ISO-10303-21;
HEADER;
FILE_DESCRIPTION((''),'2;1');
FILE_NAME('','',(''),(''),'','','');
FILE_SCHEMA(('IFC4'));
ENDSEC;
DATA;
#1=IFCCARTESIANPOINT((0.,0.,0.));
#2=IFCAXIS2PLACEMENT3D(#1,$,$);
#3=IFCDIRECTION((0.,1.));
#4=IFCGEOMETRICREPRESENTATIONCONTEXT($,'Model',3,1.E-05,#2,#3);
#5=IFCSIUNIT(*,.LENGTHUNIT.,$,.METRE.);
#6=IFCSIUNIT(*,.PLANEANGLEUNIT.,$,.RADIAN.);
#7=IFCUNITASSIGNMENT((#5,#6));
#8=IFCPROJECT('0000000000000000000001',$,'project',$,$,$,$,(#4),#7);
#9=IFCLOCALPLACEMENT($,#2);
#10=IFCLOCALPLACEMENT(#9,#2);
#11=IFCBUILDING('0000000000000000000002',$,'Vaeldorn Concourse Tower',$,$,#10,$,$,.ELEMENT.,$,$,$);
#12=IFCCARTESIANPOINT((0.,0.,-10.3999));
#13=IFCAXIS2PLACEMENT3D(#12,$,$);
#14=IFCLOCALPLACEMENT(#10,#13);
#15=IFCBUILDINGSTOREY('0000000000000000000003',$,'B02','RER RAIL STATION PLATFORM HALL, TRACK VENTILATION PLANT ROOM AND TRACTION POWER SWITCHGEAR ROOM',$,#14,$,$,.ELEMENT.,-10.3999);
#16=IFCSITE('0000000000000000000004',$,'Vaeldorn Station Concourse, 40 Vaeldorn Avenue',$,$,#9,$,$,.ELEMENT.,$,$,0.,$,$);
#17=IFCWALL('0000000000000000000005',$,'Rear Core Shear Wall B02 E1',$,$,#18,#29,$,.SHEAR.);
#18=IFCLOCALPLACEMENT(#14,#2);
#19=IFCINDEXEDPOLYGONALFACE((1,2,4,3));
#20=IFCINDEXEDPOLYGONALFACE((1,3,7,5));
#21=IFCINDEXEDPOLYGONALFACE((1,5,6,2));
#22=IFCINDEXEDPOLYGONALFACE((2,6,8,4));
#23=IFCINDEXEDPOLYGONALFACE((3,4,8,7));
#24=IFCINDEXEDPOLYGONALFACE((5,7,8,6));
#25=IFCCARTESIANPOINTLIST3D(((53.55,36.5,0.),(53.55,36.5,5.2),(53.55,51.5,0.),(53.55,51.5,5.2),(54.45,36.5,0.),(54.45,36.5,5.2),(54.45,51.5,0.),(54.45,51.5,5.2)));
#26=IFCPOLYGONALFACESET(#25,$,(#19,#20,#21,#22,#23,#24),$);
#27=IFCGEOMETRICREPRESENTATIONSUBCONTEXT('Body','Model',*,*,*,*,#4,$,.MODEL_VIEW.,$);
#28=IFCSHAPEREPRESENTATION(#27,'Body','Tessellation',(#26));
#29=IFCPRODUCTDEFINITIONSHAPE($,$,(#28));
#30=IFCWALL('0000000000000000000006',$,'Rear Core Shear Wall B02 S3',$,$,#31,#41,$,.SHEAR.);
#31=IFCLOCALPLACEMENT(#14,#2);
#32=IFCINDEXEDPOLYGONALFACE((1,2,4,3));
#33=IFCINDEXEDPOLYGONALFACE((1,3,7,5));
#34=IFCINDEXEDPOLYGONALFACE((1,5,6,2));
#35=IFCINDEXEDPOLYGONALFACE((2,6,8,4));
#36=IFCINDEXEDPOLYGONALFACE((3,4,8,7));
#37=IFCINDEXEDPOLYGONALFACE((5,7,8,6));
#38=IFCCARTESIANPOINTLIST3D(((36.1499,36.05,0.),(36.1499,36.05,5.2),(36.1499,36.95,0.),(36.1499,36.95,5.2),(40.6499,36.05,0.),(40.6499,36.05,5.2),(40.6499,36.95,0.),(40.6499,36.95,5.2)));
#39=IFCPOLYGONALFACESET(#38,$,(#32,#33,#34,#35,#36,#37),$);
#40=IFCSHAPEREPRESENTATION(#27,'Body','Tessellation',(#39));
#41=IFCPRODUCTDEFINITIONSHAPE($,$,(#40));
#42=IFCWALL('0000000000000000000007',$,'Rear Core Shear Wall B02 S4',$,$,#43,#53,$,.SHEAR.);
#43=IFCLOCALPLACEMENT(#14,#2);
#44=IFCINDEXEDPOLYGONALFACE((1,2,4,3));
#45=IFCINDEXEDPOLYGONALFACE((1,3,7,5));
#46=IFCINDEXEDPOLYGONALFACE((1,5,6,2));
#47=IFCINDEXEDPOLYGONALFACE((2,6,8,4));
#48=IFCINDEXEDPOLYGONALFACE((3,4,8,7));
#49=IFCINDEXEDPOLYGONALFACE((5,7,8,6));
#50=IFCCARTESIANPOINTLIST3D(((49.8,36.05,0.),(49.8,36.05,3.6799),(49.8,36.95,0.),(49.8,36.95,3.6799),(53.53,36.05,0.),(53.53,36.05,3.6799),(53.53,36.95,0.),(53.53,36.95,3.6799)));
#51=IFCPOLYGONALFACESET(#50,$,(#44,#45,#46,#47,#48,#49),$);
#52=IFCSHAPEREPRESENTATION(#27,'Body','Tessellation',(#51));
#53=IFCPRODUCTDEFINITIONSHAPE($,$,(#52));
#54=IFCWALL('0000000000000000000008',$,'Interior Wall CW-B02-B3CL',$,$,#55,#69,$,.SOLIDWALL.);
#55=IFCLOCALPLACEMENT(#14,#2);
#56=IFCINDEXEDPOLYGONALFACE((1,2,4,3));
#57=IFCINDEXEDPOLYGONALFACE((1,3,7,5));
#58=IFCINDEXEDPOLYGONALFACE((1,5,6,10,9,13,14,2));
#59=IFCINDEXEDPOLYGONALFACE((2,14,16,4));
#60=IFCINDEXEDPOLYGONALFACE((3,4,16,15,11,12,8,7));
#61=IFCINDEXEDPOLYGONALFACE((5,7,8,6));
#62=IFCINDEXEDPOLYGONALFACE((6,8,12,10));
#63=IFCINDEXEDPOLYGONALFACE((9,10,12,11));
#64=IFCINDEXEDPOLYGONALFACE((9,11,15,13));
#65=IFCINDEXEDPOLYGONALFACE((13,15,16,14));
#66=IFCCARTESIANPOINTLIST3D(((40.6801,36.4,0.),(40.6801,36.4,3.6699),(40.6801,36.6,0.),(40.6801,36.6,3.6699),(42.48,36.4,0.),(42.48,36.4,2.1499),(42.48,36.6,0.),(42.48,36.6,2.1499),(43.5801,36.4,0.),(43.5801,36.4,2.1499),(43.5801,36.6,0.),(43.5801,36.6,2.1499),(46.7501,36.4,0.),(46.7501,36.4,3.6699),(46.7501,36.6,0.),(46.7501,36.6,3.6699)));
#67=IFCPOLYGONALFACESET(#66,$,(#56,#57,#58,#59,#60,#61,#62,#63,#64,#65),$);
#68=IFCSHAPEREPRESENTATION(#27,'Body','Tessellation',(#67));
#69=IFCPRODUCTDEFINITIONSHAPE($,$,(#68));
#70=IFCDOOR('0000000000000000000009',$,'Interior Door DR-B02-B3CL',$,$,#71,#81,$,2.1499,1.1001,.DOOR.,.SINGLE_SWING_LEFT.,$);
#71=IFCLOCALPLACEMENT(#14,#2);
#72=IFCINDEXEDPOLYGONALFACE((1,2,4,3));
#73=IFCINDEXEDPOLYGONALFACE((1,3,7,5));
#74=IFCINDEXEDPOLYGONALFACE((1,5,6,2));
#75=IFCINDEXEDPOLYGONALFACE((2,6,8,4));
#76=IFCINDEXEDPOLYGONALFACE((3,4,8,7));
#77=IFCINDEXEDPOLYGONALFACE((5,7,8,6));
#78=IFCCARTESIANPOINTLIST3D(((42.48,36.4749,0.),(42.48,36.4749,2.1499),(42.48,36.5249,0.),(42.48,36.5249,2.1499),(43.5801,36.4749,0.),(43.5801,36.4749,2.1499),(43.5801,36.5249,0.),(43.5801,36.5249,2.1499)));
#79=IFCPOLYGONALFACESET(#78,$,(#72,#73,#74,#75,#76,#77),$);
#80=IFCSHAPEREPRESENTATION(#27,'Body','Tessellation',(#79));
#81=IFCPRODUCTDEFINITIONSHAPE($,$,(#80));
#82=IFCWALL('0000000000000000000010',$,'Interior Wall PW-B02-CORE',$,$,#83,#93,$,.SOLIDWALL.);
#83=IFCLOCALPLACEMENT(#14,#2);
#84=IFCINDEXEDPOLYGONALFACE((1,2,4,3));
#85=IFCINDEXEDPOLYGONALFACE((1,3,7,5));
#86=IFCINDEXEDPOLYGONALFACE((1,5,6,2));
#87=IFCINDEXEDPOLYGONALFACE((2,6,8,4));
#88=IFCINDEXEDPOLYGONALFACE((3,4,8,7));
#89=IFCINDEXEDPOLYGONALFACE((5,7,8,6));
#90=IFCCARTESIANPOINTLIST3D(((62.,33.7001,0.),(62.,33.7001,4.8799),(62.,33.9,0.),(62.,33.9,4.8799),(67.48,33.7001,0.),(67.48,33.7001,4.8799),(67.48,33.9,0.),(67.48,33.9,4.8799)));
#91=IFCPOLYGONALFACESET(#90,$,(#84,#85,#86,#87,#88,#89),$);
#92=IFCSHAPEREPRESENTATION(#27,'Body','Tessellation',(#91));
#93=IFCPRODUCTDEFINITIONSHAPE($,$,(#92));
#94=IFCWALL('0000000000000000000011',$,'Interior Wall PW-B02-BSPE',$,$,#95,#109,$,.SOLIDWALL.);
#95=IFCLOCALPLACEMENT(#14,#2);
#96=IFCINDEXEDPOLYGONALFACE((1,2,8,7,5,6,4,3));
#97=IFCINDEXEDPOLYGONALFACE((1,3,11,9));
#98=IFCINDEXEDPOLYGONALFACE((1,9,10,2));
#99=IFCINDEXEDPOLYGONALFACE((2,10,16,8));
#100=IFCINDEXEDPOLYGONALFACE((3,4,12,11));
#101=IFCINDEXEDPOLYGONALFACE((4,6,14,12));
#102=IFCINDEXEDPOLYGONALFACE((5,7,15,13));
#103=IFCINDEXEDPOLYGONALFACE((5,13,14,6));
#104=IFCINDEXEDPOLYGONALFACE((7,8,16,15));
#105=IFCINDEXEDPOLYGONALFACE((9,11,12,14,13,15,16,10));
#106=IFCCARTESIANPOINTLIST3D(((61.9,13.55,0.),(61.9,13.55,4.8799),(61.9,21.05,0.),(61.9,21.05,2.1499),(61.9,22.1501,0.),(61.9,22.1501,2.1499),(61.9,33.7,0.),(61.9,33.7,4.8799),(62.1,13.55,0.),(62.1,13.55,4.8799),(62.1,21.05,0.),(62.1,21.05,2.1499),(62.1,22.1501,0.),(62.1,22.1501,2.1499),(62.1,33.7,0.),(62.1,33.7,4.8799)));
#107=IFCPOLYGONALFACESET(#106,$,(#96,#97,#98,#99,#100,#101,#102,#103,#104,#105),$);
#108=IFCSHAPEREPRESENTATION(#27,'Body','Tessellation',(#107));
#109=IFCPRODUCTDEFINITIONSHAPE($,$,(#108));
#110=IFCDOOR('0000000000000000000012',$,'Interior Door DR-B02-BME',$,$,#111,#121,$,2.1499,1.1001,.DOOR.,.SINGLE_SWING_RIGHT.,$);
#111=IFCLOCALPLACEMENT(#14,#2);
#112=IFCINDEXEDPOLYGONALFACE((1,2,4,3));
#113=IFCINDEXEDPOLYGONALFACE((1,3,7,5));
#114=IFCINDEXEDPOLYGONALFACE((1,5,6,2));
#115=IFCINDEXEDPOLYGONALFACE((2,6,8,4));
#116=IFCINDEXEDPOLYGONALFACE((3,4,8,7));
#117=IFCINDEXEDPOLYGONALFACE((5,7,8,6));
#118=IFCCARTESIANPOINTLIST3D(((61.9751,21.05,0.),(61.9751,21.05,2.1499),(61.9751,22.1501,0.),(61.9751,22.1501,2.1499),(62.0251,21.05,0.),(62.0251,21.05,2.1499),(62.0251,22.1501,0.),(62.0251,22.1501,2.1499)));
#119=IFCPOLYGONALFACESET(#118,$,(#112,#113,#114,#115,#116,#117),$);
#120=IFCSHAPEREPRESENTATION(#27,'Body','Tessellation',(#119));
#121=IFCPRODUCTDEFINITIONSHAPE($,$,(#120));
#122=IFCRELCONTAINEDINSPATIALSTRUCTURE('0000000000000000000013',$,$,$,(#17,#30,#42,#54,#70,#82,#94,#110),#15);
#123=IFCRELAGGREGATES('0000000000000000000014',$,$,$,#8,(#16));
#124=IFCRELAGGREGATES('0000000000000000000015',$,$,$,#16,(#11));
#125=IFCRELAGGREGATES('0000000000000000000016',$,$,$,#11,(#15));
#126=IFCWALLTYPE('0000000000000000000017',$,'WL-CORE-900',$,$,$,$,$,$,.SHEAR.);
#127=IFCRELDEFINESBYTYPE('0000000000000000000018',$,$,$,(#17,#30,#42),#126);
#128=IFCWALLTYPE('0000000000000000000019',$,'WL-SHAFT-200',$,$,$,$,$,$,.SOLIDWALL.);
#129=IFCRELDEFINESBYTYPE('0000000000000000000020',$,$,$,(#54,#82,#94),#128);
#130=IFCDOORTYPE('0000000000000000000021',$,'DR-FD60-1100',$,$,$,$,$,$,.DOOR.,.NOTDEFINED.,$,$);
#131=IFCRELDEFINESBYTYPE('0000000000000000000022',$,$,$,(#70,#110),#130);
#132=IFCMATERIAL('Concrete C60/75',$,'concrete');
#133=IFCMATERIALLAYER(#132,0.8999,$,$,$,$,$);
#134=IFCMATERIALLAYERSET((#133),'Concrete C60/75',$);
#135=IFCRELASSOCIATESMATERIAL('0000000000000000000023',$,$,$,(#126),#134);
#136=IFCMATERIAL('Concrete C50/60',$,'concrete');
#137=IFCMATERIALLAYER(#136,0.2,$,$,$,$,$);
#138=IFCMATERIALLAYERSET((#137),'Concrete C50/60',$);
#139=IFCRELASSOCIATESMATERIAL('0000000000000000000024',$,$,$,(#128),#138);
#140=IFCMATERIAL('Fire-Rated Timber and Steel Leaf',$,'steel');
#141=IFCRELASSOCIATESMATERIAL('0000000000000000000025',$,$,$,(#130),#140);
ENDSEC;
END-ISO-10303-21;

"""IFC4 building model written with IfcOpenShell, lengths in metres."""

from ifc_helpers import new_model, si_unit, direction, frame, frame_2d, origin, place, context, subcontext, project, spatial, rectangle, extrude, source, transform, mapped, material, layer, layer_set, type_object, element, fill, save


model = new_model("IFC4")

# Units and contexts
model_context = context("Model", 3, precision=1e-05, world=origin(), true_north=direction((0.0, 1.0)))
body_context = subcontext(model_context, "Body", "Model", "MODEL_VIEW")
ifc_project = project(units=[si_unit("LENGTHUNIT", "METRE"), si_unit("PLANEANGLEUNIT", "RADIAN")], contexts=[model_context])

# Site, building, storey
site_placement = place(None, origin())
site = spatial("IfcSite", under=ifc_project, at=site_placement, Name="Vaeldorn Station Concourse, 40 Vaeldorn Avenue", CompositionType="ELEMENT", RefElevation=0.0)
building_placement = place(site_placement, origin())
building = spatial("IfcBuilding", under=site, at=building_placement, Name="Vaeldorn Concourse Tower", CompositionType="ELEMENT")
storey_placement = place(building_placement, frame((0.0, 0.0, -10.3999)))
storey = spatial("IfcBuildingStorey", under=building, at=storey_placement, Name="B02", Description="RER RAIL STATION PLATFORM HALL, TRACK VENTILATION PLANT ROOM AND TRACTION POWER SWITCHGEAR ROOM", CompositionType="ELEMENT", Elevation=-10.3999)

# Shared definitions
ifc_material_1 = material(Name="Concrete C60/75", Category="concrete")
ifc_material_2 = material(Name="Concrete C50/60", Category="concrete")

# Walls
ifc_layer_1 = layer(ifc_material_1, 0.8999)
ifc_layer_set_1 = layer_set([ifc_layer_1], Name="Concrete C60/75")
wall_type_1 = type_object("IfcWallType", Name="WL-CORE-900", PredefinedType="SHEAR", material=ifc_layer_set_1)
wall_1_placement = place(storey_placement, frame((54.0, 36.5, 0.0), z_axis=(0.0, 0.0, 1.0), x_axis=(0.0, 1.0, 0.0)))
element("IfcWall", 1, at=wall_1_placement, inside=storey, type_object=wall_type_1, Name="Rear Core Shear Wall B02 E1", PredefinedType="SHEAR", context=body_context, shape_type="SweptSolid", body=[
    extrude(rectangle(XDim=15.0, YDim=0.8999, at=frame_2d((7.5, 0.0))), origin(), (0.0, 0.0, 1.0), 5.2),
])
wall_2_placement = place(storey_placement, frame((36.1499, 36.5, 0.0), z_axis=(0.0, 0.0, 1.0), x_axis=(1.0, 0.0, 0.0)))
element("IfcWall", 2, at=wall_2_placement, inside=storey, type_object=wall_type_1, Name="Rear Core Shear Wall B02 S3", PredefinedType="SHEAR", context=body_context, shape_type="SweptSolid", body=[
    extrude(rectangle(XDim=4.5, YDim=0.8999, at=frame_2d((2.25, 0.0))), origin(), (0.0, 0.0, 1.0), 5.2),
])
wall_3_placement = place(storey_placement, frame((49.8, 36.5, 0.0), z_axis=(0.0, 0.0, 1.0), x_axis=(1.0, 0.0, 0.0)))
element("IfcWall", 3, at=wall_3_placement, inside=storey, type_object=wall_type_1, Name="Rear Core Shear Wall B02 S4", PredefinedType="SHEAR", context=body_context, shape_type="SweptSolid", body=[
    extrude(rectangle(XDim=3.73, YDim=0.8999, at=frame_2d((1.865, 0.0))), origin(), (0.0, 0.0, 1.0), 3.6799),
])

# Wall, opening, door
ifc_layer_2 = layer(ifc_material_2, 0.2)
ifc_layer_set_2 = layer_set([ifc_layer_2], Name="Concrete C50/60")
wall_type_2 = type_object("IfcWallType", Name="WL-SHAFT-200", PredefinedType="SOLIDWALL", material=ifc_layer_set_2)
ifc_material_3 = material(Name="Fire-Rated Timber and Steel Leaf", Category="steel")
door_type = type_object("IfcDoorType", Name="DR-FD60-1100", OperationType="NOTDEFINED", PredefinedType="DOOR", material=ifc_material_3)
shared_shape_1 = source(origin(), body_context, "Body", "SweptSolid", [
    extrude(rectangle(XDim=1.1001, YDim=2.1499, at=frame_2d((0.55, 1.075))), frame((0.0, 0.0249, 0.0), z_axis=(0.0, -1.0, 0.0), x_axis=(1.0, 0.0, 0.0)), (0.0, 0.0, 1.0), 0.05),
])
wall_4_placement = place(storey_placement, frame((40.6799, 36.5, 0.0), z_axis=(0.0, 0.0, 1.0), x_axis=(1.0, 0.0, 0.0)))
wall_4 = element("IfcWall", 4, at=wall_4_placement, inside=storey, type_object=wall_type_2, Name="Interior Wall CW-B02-B3CL", PredefinedType="SOLIDWALL", context=body_context, shape_type="SweptSolid", body=[
    extrude(rectangle(XDim=6.0701, YDim=0.2, at=frame_2d((3.0352, 0.0))), origin(), (0.0, 0.0, 1.0), 3.6699),
])
opening_1_placement = place(wall_4_placement, frame((1.8, 0.0, 0.0)))
opening_1 = element("IfcOpeningElement", 5, at=opening_1_placement, cuts=wall_4, PredefinedType="OPENING", context=body_context, shape_type="SweptSolid", body=[
    extrude(rectangle(XDim=1.1001, YDim=2.1499, at=frame_2d((0.55, 1.075))), frame((0.0, 0.1099, 0.0), z_axis=(0.0, -1.0, 0.0), x_axis=(1.0, 0.0, 0.0)), (0.0, 0.0, 1.0), 0.22),
])
door_1_placement = place(opening_1_placement, origin())
door_1 = element("IfcDoor", 6, at=door_1_placement, inside=storey, type_object=door_type, Name="Interior Door DR-B02-B3CL", OperationType="SINGLE_SWING_LEFT", OverallHeight=2.1499, OverallWidth=1.1001, PredefinedType="DOOR", context=body_context, shape_type="MappedRepresentation", body=[
    mapped(shared_shape_1, transform((0.0, 0.0, 0.0), scale=1.0)),
])
fill(opening_1, door_1)

# Wall
wall_5_placement = place(storey_placement, frame((62.0, 33.8, 0.0), z_axis=(0.0, 0.0, 1.0), x_axis=(1.0, 0.0, 0.0)))
element("IfcWall", 7, at=wall_5_placement, inside=storey, type_object=wall_type_2, Name="Interior Wall PW-B02-CORE", PredefinedType="SOLIDWALL", context=body_context, shape_type="SweptSolid", body=[
    extrude(rectangle(XDim=5.48, YDim=0.2, at=frame_2d((2.74, 0.0))), origin(), (0.0, 0.0, 1.0), 4.8799),
])

# Wall, opening, door
wall_6_placement = place(storey_placement, frame((62.0, 13.55, 0.0), z_axis=(0.0, 0.0, 1.0), x_axis=(0.0, 1.0, 0.0)))
wall_6 = element("IfcWall", 8, at=wall_6_placement, inside=storey, type_object=wall_type_2, Name="Interior Wall PW-B02-BSPE", PredefinedType="SOLIDWALL", context=body_context, shape_type="SweptSolid", body=[
    extrude(rectangle(XDim=20.1499, YDim=0.2, at=frame_2d((10.075, 0.0))), origin(), (0.0, 0.0, 1.0), 4.8799),
])
opening_2_placement = place(wall_6_placement, frame((7.5, 0.0, 0.0)))
opening_2 = element("IfcOpeningElement", 9, at=opening_2_placement, cuts=wall_6, PredefinedType="OPENING", context=body_context, shape_type="SweptSolid", body=[
    extrude(rectangle(XDim=1.1001, YDim=2.1499, at=frame_2d((0.55, 1.075))), frame((0.0, 0.1099, 0.0), z_axis=(0.0, -1.0, 0.0), x_axis=(1.0, 0.0, 0.0)), (0.0, 0.0, 1.0), 0.22),
])
door_2_placement = place(opening_2_placement, origin())
door_2 = element("IfcDoor", 10, at=door_2_placement, inside=storey, type_object=door_type, Name="Interior Door DR-B02-BME", OperationType="SINGLE_SWING_RIGHT", OverallHeight=2.1499, OverallWidth=1.1001, PredefinedType="DOOR", context=body_context, shape_type="MappedRepresentation", body=[
    mapped(shared_shape_1, transform((0.0, 0.0, 0.0), scale=1.0)),
])
fill(opening_2, door_2)

save(model, "model.ifc")
